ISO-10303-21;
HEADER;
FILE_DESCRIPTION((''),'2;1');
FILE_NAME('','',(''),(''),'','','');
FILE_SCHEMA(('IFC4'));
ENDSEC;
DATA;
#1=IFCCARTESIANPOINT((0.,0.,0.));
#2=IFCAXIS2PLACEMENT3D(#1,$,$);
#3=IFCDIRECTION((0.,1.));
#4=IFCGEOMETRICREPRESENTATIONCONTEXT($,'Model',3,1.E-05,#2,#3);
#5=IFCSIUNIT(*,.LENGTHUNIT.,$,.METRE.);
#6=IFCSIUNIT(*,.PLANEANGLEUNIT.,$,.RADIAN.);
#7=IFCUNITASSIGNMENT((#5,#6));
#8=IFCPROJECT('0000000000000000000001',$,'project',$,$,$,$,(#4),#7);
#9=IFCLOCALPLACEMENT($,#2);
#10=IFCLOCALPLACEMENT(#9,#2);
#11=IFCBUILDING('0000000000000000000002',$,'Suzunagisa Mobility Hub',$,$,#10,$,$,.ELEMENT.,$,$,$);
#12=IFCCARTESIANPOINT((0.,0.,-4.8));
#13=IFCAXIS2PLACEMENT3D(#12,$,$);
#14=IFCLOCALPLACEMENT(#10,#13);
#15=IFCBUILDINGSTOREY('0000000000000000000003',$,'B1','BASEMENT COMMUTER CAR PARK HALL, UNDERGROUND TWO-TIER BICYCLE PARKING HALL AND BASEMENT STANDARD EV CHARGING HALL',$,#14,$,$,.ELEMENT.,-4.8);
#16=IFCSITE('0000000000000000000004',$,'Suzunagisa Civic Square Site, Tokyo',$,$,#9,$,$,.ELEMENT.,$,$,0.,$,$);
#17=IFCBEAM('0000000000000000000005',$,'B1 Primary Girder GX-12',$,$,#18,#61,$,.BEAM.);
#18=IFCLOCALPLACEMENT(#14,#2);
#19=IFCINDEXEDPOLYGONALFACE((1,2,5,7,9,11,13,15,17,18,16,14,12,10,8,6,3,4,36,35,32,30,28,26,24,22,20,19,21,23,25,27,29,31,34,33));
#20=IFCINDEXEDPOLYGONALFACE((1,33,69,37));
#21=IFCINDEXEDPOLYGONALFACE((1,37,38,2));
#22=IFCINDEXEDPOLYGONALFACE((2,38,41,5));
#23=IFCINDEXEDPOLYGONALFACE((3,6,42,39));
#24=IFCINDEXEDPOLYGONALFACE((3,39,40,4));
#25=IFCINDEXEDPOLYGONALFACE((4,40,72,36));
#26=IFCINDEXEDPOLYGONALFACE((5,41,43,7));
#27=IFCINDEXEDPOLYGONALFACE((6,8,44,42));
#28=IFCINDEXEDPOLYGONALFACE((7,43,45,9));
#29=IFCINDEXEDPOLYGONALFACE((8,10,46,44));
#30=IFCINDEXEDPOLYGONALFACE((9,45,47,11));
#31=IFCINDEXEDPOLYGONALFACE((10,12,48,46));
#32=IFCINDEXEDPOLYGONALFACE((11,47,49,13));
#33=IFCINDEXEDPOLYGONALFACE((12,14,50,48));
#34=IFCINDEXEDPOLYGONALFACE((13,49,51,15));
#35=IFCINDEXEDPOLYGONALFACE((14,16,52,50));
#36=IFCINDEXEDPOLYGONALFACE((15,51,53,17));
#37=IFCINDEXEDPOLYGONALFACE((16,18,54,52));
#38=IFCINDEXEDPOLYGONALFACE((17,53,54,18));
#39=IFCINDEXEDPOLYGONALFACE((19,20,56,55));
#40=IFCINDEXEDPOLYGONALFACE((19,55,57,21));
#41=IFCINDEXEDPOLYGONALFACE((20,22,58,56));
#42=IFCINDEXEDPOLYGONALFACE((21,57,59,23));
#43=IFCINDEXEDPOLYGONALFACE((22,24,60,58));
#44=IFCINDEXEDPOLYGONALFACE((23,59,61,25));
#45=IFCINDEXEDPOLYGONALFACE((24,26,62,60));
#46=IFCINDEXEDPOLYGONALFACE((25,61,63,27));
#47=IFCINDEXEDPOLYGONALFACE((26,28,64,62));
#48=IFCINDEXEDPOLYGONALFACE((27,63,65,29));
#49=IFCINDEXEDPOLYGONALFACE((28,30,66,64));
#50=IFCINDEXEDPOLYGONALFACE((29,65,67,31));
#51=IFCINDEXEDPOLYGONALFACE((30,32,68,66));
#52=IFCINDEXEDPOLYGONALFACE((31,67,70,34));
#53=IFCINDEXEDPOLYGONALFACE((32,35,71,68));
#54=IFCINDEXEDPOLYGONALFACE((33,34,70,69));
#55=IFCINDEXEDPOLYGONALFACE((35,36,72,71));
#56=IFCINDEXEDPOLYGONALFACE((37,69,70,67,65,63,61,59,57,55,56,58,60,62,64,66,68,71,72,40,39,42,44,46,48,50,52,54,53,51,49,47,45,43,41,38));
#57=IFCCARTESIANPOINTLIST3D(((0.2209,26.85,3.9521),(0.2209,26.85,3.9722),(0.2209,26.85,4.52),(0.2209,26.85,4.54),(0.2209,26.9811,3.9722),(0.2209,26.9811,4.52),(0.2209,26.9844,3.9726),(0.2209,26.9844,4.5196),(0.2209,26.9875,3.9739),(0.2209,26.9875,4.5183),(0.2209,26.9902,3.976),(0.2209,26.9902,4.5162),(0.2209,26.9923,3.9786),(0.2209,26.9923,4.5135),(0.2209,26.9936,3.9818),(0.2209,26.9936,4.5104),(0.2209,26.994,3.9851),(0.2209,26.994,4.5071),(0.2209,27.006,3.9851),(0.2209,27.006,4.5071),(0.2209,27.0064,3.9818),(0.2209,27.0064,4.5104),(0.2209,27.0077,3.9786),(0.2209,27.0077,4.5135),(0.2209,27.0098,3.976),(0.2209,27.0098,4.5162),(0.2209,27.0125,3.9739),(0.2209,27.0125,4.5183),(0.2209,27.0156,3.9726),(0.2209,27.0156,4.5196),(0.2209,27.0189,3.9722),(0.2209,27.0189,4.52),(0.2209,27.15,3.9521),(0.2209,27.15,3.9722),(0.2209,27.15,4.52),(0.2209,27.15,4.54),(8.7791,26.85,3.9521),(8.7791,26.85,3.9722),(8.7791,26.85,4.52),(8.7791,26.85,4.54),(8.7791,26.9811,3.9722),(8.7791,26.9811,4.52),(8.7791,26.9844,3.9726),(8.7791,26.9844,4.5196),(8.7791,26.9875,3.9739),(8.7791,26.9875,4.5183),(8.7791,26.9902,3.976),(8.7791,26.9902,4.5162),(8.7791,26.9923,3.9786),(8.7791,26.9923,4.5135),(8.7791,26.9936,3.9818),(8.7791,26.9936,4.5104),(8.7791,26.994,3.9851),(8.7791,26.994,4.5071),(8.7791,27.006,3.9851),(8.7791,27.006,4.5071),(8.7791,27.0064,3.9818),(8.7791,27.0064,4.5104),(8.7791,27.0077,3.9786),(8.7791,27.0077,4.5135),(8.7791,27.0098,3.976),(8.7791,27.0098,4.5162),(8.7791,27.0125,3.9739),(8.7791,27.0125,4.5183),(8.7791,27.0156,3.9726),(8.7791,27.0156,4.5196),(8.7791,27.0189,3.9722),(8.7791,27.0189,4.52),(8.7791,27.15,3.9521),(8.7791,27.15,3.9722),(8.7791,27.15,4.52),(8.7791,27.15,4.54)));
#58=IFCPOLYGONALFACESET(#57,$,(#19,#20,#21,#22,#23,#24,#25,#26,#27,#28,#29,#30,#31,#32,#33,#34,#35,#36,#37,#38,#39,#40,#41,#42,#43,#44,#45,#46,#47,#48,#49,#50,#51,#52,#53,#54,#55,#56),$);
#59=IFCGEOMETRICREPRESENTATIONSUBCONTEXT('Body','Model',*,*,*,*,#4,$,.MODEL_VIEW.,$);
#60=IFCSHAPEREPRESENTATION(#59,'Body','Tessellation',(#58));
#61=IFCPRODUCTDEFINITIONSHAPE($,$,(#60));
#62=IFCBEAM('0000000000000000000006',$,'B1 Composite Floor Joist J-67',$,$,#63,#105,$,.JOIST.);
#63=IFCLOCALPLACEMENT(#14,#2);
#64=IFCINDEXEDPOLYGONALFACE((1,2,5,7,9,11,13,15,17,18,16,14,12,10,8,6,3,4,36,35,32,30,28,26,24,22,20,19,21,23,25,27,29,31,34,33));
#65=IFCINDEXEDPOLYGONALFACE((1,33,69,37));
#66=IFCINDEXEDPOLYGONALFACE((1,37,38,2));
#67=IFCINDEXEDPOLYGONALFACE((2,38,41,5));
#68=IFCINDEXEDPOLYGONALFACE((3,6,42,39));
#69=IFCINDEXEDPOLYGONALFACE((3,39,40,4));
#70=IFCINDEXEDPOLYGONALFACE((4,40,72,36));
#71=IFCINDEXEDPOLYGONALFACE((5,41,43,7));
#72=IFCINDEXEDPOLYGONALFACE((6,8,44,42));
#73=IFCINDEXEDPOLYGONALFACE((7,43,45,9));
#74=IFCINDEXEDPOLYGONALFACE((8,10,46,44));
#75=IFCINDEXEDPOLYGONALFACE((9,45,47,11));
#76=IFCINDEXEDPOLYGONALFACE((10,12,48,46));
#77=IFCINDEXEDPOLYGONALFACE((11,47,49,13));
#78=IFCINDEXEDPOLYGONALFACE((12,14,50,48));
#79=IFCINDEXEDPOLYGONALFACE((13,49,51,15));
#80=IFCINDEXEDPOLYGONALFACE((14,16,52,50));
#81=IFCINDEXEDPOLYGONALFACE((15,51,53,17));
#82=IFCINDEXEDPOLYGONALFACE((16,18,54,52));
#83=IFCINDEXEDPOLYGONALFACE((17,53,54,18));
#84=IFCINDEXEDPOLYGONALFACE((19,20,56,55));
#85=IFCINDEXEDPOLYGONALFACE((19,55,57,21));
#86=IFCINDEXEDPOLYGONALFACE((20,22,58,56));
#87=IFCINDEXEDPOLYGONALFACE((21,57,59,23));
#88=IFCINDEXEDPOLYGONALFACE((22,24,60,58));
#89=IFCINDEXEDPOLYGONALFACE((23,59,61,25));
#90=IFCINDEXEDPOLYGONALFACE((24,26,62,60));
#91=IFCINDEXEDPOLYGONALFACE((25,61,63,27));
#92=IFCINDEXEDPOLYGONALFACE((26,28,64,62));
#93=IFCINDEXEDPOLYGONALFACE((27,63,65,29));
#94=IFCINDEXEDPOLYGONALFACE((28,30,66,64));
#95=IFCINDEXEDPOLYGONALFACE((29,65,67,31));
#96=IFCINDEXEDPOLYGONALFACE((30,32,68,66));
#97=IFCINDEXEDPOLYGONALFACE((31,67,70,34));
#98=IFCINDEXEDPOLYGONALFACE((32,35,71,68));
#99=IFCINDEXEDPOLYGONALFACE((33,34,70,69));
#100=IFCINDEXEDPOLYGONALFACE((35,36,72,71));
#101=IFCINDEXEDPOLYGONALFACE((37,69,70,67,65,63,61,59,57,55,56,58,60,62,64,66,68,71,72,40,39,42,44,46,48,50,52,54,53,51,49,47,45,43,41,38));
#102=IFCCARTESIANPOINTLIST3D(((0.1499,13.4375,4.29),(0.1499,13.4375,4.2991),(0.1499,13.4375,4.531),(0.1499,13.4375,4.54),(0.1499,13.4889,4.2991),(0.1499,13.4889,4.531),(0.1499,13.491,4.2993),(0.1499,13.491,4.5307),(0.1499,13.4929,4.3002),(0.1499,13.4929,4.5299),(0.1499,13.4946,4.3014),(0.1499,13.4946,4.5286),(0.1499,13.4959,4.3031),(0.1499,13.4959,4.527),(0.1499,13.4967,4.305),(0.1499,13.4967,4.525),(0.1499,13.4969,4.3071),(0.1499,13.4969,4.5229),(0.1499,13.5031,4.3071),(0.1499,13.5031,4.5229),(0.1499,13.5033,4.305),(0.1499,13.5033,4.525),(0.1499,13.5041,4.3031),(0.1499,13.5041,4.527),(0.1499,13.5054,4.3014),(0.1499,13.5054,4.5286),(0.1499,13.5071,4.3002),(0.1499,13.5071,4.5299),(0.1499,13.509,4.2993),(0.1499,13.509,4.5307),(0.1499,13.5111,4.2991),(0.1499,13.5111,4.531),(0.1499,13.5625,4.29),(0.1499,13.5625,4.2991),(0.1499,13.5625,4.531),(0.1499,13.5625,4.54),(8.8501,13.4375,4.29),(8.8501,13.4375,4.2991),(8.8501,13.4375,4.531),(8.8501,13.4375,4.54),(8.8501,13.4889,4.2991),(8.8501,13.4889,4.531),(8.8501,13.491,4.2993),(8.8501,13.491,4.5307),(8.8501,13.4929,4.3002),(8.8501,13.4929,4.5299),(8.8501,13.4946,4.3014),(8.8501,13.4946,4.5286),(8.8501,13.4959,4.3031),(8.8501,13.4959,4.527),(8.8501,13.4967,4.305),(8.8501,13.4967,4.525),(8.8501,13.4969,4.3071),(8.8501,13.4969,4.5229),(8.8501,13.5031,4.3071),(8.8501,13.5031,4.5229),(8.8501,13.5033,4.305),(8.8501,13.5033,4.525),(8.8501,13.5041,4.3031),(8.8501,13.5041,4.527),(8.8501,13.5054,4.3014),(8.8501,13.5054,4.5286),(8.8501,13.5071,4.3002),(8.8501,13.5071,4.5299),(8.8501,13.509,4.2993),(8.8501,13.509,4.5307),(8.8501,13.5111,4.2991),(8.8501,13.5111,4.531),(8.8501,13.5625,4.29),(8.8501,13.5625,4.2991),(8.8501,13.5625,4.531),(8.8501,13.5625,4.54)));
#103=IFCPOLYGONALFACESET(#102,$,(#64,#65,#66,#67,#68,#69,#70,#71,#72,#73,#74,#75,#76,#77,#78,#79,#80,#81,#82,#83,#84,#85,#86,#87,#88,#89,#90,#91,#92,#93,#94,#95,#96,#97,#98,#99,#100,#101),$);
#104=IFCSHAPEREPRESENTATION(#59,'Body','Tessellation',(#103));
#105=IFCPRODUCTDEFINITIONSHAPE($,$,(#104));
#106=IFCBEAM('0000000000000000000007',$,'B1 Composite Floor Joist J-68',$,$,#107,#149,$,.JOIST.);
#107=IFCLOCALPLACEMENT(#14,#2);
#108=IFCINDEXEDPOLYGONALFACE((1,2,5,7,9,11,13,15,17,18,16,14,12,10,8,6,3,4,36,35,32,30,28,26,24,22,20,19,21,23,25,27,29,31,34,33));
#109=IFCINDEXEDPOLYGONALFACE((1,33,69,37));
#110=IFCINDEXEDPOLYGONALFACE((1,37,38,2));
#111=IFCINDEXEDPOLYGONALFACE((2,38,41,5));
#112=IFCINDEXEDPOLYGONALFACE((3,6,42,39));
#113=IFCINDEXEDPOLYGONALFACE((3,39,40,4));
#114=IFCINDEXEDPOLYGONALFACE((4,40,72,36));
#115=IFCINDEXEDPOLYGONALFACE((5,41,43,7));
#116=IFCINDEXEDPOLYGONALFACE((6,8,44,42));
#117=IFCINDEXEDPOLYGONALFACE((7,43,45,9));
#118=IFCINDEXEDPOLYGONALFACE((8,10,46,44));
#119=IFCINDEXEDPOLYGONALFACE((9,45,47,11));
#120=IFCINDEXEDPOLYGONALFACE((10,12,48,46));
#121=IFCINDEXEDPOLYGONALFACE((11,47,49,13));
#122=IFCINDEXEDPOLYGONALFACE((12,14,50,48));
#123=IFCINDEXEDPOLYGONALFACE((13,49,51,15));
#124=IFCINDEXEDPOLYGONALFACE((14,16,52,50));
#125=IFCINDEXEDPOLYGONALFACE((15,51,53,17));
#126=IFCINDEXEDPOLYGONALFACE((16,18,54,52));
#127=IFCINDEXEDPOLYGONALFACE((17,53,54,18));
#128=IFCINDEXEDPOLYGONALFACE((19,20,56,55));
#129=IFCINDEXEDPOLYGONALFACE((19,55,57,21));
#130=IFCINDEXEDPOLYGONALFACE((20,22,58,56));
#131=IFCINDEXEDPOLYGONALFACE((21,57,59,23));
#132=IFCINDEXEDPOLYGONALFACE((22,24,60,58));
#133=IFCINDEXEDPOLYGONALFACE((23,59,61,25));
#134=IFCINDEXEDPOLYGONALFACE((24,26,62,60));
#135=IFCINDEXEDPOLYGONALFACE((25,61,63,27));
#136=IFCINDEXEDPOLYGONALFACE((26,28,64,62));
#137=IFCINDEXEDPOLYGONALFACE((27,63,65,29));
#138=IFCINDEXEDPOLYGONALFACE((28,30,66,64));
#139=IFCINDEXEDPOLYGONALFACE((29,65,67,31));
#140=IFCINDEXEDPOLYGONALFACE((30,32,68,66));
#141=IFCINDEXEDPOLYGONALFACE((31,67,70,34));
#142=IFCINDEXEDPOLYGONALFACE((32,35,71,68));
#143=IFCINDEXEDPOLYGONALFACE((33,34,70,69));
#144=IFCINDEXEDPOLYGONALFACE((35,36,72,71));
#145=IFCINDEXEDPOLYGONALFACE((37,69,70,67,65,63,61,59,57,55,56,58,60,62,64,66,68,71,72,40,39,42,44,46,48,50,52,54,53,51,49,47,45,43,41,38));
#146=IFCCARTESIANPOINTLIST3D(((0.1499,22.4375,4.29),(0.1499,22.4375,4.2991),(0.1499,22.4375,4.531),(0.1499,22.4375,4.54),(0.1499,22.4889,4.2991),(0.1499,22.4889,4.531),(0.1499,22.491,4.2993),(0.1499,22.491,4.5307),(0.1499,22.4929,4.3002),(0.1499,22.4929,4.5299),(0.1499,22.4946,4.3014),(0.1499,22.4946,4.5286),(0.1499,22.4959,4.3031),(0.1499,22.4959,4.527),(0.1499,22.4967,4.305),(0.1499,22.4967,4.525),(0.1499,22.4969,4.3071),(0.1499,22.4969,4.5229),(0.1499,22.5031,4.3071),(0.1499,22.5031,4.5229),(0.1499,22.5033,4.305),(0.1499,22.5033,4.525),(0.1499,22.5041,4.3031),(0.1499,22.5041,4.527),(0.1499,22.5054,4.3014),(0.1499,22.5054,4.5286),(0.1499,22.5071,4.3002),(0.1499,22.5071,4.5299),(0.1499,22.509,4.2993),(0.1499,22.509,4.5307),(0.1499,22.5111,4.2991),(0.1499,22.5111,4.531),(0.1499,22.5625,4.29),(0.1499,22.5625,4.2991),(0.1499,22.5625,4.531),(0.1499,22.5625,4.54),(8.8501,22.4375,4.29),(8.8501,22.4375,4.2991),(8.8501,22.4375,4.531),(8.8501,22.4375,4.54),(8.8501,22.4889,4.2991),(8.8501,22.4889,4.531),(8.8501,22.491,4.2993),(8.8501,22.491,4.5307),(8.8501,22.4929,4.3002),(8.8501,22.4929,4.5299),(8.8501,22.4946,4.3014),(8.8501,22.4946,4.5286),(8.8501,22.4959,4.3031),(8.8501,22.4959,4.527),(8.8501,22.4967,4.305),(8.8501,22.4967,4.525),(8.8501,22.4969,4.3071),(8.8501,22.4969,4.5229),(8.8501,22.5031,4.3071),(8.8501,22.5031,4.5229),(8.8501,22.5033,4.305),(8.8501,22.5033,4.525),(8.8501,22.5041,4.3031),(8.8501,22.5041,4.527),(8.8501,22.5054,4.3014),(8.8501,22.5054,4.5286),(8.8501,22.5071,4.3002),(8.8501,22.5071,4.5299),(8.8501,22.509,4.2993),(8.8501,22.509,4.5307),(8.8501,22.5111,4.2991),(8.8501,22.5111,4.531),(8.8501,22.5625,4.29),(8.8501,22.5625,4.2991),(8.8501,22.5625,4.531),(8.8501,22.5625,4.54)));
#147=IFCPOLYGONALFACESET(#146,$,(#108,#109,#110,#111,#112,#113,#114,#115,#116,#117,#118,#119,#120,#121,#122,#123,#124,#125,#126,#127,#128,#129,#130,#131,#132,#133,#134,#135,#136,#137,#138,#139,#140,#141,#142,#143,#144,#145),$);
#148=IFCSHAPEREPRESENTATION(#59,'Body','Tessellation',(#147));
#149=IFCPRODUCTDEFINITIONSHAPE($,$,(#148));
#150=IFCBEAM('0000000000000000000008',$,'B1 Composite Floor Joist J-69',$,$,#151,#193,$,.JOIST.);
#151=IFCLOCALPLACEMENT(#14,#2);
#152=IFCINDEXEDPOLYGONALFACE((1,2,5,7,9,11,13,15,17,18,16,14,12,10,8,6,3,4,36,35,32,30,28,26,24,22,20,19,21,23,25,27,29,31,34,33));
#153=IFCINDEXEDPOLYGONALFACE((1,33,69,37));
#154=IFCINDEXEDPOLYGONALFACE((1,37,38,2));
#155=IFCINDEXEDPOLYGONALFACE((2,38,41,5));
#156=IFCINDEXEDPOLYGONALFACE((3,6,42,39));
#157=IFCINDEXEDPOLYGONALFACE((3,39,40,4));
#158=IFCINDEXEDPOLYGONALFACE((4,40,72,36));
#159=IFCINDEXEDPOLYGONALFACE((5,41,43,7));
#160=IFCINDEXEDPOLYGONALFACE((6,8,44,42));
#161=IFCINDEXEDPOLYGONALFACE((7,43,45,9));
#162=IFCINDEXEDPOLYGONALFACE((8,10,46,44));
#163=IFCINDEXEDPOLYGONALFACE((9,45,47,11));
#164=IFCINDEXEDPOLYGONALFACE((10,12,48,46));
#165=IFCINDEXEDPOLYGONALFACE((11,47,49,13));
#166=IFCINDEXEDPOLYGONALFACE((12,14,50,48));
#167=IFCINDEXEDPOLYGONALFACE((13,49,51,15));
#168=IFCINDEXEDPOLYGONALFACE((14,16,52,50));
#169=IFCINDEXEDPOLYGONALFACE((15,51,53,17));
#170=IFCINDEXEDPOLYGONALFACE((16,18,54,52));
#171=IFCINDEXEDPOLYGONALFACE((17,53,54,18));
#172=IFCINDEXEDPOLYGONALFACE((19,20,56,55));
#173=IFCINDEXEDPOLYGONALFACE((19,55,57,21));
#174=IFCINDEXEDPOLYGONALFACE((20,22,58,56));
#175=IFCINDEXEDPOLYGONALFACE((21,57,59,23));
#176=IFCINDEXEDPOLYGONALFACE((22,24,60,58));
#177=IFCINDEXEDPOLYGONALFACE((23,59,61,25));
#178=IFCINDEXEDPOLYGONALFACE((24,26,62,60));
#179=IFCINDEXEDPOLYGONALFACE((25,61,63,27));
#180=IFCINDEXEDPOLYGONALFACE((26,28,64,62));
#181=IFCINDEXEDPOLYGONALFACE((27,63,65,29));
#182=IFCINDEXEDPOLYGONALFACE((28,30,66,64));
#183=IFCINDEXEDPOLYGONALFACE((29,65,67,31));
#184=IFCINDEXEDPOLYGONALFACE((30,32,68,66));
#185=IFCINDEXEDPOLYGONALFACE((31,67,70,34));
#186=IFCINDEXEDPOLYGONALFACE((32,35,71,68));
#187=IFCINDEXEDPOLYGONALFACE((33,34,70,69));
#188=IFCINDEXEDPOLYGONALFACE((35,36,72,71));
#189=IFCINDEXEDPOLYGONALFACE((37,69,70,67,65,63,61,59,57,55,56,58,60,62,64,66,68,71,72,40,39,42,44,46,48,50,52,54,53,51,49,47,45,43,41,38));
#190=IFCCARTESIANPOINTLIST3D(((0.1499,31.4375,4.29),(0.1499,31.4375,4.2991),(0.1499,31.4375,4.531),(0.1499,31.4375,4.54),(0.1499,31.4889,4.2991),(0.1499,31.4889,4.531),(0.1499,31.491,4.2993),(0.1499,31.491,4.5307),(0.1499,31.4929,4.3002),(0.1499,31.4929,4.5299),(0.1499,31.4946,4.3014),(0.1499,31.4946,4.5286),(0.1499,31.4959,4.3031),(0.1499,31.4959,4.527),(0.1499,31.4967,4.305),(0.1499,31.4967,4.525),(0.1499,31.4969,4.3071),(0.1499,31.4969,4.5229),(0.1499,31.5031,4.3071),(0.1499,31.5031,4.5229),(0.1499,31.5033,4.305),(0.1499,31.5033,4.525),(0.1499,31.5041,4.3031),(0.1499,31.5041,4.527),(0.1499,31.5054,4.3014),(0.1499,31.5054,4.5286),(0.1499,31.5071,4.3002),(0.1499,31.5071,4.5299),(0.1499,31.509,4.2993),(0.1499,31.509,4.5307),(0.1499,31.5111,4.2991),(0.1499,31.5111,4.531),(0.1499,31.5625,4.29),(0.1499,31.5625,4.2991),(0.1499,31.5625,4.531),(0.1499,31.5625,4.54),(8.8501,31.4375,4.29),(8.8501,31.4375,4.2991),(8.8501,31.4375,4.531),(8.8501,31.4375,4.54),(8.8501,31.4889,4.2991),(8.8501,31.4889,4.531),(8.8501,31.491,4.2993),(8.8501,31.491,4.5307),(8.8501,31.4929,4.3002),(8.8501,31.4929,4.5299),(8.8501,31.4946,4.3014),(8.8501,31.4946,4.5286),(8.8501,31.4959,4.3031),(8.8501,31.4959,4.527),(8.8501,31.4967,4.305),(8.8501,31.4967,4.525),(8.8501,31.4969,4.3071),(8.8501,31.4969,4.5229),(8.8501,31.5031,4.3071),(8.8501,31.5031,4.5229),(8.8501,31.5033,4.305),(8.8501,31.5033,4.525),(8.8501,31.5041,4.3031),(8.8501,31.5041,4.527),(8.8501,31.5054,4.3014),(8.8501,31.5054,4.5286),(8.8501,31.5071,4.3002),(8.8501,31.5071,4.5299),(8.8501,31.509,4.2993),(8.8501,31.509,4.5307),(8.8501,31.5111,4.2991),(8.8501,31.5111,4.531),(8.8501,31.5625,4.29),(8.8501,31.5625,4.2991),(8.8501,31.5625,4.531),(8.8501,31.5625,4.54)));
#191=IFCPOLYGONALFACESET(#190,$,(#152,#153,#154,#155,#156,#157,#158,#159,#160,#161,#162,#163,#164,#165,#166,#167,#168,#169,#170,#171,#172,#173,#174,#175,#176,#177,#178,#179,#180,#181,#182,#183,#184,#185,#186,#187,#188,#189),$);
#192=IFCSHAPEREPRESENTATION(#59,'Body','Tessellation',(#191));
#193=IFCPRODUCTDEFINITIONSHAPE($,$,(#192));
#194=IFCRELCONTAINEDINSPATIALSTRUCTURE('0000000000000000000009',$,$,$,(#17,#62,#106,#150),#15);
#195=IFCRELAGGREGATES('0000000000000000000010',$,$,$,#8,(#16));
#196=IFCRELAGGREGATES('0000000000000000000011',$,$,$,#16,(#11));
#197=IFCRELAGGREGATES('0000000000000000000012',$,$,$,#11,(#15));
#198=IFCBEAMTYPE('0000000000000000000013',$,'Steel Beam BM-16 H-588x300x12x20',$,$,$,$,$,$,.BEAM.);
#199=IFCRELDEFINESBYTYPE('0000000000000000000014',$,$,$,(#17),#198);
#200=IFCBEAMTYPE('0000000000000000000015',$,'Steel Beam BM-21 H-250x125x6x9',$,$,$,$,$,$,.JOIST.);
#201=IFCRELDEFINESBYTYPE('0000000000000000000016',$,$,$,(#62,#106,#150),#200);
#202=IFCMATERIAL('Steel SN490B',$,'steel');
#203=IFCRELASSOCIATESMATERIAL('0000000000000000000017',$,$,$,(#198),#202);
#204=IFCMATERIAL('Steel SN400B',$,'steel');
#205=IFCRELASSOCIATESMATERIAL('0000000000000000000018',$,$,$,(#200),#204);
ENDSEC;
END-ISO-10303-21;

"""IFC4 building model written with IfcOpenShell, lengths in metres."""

from ifc_helpers import new_model, si_unit, direction, frame, origin, origin_2d, place, context, subcontext, project, spatial, i_section, extrude, material, material_profile, profile_set, type_object, element, save


model = new_model("IFC4")

# Units and contexts
model_context = context("Model", 3, precision=1e-05, world=origin(), true_north=direction((0.0, 1.0)))
body_context = subcontext(model_context, "Body", "Model", "MODEL_VIEW")
ifc_project = project(units=[si_unit("LENGTHUNIT", "METRE"), si_unit("PLANEANGLEUNIT", "RADIAN")], contexts=[model_context])

# Site, building, storey
site_placement = place(None, origin())
site = spatial("IfcSite", under=ifc_project, at=site_placement, Name="Suzunagisa Civic Square Site, Tokyo", CompositionType="ELEMENT", RefElevation=0.0)
building_placement = place(site_placement, origin())
building = spatial("IfcBuilding", under=site, at=building_placement, Name="Suzunagisa Mobility Hub", CompositionType="ELEMENT")
storey_placement = place(building_placement, frame((0.0, 0.0, -4.8)))
storey = spatial("IfcBuildingStorey", under=building, at=storey_placement, Name="B1", Description="BASEMENT COMMUTER CAR PARK HALL, UNDERGROUND TWO-TIER BICYCLE PARKING HALL AND BASEMENT STANDARD EV CHARGING HALL", CompositionType="ELEMENT", Elevation=-4.8)

# Shared definitions
ifc_material_1 = material(Name="Steel SN490B", Category="steel")

# Beams
ifc_material_profile_1 = material_profile(ifc_material_1, i_section(OverallWidth=0.3, OverallDepth=0.5879, WebThickness=0.012, FlangeThickness=0.02, FilletRadius=0.0129, at=origin_2d()), Name="H-588x300x12x20")
ifc_profile_set_1 = profile_set([ifc_material_profile_1], Name="Steel SN490B")
beam_type_1 = type_object("IfcBeamType", Name="Steel Beam BM-16 H-588x300x12x20", PredefinedType="BEAM", material=ifc_profile_set_1)
for number, where, z_axis, x_axis, name in (
    (1, (0.2209, 27.0, 4.2461), (1.0, 0.0, 0.0), (0.0, 1.0, 0.0), "B1 Primary Girder GX-12"),
):
    element("IfcBeam", number, at=place(storey_placement, frame(where, z_axis=z_axis, x_axis=x_axis)), inside=storey, type_object=beam_type_1, Name=name, PredefinedType="BEAM", context=body_context, shape_type="SweptSolid", body=[
        extrude(i_section(OverallWidth=0.3, OverallDepth=0.5879, WebThickness=0.012, FlangeThickness=0.02, FilletRadius=0.0129, at=origin_2d()), origin(), (0.0, 0.0, 1.0), 8.5581),
    ])
ifc_material_2 = material(Name="Steel SN400B", Category="steel")
ifc_material_profile_2 = material_profile(ifc_material_2, i_section(OverallWidth=0.125, OverallDepth=0.25, WebThickness=0.0061, FlangeThickness=0.009, FilletRadius=0.0081, at=origin_2d()), Name="H-250x125x6x9")
ifc_profile_set_2 = profile_set([ifc_material_profile_2], Name="Steel SN400B")
beam_type_2 = type_object("IfcBeamType", Name="Steel Beam BM-21 H-250x125x6x9", PredefinedType="JOIST", material=ifc_profile_set_2)
for number, where, z_axis, x_axis, name in (
    (2, (0.1499, 13.5, 4.415), (1.0, 0.0, 0.0), (0.0, 1.0, 0.0), "B1 Composite Floor Joist J-67"),
    (3, (0.1499, 22.5, 4.415), (1.0, 0.0, 0.0), (0.0, 1.0, 0.0), "B1 Composite Floor Joist J-68"),
    (4, (0.1499, 31.5, 4.415), (1.0, 0.0, 0.0), (0.0, 1.0, 0.0), "B1 Composite Floor Joist J-69"),
):
    element("IfcBeam", number, at=place(storey_placement, frame(where, z_axis=z_axis, x_axis=x_axis)), inside=storey, type_object=beam_type_2, Name=name, PredefinedType="JOIST", context=body_context, shape_type="SweptSolid", body=[
        extrude(i_section(OverallWidth=0.125, OverallDepth=0.25, WebThickness=0.0061, FlangeThickness=0.009, FilletRadius=0.0081, at=origin_2d()), origin(), (0.0, 0.0, 1.0), 8.7002),
    ])

save(model, "model.ifc")
